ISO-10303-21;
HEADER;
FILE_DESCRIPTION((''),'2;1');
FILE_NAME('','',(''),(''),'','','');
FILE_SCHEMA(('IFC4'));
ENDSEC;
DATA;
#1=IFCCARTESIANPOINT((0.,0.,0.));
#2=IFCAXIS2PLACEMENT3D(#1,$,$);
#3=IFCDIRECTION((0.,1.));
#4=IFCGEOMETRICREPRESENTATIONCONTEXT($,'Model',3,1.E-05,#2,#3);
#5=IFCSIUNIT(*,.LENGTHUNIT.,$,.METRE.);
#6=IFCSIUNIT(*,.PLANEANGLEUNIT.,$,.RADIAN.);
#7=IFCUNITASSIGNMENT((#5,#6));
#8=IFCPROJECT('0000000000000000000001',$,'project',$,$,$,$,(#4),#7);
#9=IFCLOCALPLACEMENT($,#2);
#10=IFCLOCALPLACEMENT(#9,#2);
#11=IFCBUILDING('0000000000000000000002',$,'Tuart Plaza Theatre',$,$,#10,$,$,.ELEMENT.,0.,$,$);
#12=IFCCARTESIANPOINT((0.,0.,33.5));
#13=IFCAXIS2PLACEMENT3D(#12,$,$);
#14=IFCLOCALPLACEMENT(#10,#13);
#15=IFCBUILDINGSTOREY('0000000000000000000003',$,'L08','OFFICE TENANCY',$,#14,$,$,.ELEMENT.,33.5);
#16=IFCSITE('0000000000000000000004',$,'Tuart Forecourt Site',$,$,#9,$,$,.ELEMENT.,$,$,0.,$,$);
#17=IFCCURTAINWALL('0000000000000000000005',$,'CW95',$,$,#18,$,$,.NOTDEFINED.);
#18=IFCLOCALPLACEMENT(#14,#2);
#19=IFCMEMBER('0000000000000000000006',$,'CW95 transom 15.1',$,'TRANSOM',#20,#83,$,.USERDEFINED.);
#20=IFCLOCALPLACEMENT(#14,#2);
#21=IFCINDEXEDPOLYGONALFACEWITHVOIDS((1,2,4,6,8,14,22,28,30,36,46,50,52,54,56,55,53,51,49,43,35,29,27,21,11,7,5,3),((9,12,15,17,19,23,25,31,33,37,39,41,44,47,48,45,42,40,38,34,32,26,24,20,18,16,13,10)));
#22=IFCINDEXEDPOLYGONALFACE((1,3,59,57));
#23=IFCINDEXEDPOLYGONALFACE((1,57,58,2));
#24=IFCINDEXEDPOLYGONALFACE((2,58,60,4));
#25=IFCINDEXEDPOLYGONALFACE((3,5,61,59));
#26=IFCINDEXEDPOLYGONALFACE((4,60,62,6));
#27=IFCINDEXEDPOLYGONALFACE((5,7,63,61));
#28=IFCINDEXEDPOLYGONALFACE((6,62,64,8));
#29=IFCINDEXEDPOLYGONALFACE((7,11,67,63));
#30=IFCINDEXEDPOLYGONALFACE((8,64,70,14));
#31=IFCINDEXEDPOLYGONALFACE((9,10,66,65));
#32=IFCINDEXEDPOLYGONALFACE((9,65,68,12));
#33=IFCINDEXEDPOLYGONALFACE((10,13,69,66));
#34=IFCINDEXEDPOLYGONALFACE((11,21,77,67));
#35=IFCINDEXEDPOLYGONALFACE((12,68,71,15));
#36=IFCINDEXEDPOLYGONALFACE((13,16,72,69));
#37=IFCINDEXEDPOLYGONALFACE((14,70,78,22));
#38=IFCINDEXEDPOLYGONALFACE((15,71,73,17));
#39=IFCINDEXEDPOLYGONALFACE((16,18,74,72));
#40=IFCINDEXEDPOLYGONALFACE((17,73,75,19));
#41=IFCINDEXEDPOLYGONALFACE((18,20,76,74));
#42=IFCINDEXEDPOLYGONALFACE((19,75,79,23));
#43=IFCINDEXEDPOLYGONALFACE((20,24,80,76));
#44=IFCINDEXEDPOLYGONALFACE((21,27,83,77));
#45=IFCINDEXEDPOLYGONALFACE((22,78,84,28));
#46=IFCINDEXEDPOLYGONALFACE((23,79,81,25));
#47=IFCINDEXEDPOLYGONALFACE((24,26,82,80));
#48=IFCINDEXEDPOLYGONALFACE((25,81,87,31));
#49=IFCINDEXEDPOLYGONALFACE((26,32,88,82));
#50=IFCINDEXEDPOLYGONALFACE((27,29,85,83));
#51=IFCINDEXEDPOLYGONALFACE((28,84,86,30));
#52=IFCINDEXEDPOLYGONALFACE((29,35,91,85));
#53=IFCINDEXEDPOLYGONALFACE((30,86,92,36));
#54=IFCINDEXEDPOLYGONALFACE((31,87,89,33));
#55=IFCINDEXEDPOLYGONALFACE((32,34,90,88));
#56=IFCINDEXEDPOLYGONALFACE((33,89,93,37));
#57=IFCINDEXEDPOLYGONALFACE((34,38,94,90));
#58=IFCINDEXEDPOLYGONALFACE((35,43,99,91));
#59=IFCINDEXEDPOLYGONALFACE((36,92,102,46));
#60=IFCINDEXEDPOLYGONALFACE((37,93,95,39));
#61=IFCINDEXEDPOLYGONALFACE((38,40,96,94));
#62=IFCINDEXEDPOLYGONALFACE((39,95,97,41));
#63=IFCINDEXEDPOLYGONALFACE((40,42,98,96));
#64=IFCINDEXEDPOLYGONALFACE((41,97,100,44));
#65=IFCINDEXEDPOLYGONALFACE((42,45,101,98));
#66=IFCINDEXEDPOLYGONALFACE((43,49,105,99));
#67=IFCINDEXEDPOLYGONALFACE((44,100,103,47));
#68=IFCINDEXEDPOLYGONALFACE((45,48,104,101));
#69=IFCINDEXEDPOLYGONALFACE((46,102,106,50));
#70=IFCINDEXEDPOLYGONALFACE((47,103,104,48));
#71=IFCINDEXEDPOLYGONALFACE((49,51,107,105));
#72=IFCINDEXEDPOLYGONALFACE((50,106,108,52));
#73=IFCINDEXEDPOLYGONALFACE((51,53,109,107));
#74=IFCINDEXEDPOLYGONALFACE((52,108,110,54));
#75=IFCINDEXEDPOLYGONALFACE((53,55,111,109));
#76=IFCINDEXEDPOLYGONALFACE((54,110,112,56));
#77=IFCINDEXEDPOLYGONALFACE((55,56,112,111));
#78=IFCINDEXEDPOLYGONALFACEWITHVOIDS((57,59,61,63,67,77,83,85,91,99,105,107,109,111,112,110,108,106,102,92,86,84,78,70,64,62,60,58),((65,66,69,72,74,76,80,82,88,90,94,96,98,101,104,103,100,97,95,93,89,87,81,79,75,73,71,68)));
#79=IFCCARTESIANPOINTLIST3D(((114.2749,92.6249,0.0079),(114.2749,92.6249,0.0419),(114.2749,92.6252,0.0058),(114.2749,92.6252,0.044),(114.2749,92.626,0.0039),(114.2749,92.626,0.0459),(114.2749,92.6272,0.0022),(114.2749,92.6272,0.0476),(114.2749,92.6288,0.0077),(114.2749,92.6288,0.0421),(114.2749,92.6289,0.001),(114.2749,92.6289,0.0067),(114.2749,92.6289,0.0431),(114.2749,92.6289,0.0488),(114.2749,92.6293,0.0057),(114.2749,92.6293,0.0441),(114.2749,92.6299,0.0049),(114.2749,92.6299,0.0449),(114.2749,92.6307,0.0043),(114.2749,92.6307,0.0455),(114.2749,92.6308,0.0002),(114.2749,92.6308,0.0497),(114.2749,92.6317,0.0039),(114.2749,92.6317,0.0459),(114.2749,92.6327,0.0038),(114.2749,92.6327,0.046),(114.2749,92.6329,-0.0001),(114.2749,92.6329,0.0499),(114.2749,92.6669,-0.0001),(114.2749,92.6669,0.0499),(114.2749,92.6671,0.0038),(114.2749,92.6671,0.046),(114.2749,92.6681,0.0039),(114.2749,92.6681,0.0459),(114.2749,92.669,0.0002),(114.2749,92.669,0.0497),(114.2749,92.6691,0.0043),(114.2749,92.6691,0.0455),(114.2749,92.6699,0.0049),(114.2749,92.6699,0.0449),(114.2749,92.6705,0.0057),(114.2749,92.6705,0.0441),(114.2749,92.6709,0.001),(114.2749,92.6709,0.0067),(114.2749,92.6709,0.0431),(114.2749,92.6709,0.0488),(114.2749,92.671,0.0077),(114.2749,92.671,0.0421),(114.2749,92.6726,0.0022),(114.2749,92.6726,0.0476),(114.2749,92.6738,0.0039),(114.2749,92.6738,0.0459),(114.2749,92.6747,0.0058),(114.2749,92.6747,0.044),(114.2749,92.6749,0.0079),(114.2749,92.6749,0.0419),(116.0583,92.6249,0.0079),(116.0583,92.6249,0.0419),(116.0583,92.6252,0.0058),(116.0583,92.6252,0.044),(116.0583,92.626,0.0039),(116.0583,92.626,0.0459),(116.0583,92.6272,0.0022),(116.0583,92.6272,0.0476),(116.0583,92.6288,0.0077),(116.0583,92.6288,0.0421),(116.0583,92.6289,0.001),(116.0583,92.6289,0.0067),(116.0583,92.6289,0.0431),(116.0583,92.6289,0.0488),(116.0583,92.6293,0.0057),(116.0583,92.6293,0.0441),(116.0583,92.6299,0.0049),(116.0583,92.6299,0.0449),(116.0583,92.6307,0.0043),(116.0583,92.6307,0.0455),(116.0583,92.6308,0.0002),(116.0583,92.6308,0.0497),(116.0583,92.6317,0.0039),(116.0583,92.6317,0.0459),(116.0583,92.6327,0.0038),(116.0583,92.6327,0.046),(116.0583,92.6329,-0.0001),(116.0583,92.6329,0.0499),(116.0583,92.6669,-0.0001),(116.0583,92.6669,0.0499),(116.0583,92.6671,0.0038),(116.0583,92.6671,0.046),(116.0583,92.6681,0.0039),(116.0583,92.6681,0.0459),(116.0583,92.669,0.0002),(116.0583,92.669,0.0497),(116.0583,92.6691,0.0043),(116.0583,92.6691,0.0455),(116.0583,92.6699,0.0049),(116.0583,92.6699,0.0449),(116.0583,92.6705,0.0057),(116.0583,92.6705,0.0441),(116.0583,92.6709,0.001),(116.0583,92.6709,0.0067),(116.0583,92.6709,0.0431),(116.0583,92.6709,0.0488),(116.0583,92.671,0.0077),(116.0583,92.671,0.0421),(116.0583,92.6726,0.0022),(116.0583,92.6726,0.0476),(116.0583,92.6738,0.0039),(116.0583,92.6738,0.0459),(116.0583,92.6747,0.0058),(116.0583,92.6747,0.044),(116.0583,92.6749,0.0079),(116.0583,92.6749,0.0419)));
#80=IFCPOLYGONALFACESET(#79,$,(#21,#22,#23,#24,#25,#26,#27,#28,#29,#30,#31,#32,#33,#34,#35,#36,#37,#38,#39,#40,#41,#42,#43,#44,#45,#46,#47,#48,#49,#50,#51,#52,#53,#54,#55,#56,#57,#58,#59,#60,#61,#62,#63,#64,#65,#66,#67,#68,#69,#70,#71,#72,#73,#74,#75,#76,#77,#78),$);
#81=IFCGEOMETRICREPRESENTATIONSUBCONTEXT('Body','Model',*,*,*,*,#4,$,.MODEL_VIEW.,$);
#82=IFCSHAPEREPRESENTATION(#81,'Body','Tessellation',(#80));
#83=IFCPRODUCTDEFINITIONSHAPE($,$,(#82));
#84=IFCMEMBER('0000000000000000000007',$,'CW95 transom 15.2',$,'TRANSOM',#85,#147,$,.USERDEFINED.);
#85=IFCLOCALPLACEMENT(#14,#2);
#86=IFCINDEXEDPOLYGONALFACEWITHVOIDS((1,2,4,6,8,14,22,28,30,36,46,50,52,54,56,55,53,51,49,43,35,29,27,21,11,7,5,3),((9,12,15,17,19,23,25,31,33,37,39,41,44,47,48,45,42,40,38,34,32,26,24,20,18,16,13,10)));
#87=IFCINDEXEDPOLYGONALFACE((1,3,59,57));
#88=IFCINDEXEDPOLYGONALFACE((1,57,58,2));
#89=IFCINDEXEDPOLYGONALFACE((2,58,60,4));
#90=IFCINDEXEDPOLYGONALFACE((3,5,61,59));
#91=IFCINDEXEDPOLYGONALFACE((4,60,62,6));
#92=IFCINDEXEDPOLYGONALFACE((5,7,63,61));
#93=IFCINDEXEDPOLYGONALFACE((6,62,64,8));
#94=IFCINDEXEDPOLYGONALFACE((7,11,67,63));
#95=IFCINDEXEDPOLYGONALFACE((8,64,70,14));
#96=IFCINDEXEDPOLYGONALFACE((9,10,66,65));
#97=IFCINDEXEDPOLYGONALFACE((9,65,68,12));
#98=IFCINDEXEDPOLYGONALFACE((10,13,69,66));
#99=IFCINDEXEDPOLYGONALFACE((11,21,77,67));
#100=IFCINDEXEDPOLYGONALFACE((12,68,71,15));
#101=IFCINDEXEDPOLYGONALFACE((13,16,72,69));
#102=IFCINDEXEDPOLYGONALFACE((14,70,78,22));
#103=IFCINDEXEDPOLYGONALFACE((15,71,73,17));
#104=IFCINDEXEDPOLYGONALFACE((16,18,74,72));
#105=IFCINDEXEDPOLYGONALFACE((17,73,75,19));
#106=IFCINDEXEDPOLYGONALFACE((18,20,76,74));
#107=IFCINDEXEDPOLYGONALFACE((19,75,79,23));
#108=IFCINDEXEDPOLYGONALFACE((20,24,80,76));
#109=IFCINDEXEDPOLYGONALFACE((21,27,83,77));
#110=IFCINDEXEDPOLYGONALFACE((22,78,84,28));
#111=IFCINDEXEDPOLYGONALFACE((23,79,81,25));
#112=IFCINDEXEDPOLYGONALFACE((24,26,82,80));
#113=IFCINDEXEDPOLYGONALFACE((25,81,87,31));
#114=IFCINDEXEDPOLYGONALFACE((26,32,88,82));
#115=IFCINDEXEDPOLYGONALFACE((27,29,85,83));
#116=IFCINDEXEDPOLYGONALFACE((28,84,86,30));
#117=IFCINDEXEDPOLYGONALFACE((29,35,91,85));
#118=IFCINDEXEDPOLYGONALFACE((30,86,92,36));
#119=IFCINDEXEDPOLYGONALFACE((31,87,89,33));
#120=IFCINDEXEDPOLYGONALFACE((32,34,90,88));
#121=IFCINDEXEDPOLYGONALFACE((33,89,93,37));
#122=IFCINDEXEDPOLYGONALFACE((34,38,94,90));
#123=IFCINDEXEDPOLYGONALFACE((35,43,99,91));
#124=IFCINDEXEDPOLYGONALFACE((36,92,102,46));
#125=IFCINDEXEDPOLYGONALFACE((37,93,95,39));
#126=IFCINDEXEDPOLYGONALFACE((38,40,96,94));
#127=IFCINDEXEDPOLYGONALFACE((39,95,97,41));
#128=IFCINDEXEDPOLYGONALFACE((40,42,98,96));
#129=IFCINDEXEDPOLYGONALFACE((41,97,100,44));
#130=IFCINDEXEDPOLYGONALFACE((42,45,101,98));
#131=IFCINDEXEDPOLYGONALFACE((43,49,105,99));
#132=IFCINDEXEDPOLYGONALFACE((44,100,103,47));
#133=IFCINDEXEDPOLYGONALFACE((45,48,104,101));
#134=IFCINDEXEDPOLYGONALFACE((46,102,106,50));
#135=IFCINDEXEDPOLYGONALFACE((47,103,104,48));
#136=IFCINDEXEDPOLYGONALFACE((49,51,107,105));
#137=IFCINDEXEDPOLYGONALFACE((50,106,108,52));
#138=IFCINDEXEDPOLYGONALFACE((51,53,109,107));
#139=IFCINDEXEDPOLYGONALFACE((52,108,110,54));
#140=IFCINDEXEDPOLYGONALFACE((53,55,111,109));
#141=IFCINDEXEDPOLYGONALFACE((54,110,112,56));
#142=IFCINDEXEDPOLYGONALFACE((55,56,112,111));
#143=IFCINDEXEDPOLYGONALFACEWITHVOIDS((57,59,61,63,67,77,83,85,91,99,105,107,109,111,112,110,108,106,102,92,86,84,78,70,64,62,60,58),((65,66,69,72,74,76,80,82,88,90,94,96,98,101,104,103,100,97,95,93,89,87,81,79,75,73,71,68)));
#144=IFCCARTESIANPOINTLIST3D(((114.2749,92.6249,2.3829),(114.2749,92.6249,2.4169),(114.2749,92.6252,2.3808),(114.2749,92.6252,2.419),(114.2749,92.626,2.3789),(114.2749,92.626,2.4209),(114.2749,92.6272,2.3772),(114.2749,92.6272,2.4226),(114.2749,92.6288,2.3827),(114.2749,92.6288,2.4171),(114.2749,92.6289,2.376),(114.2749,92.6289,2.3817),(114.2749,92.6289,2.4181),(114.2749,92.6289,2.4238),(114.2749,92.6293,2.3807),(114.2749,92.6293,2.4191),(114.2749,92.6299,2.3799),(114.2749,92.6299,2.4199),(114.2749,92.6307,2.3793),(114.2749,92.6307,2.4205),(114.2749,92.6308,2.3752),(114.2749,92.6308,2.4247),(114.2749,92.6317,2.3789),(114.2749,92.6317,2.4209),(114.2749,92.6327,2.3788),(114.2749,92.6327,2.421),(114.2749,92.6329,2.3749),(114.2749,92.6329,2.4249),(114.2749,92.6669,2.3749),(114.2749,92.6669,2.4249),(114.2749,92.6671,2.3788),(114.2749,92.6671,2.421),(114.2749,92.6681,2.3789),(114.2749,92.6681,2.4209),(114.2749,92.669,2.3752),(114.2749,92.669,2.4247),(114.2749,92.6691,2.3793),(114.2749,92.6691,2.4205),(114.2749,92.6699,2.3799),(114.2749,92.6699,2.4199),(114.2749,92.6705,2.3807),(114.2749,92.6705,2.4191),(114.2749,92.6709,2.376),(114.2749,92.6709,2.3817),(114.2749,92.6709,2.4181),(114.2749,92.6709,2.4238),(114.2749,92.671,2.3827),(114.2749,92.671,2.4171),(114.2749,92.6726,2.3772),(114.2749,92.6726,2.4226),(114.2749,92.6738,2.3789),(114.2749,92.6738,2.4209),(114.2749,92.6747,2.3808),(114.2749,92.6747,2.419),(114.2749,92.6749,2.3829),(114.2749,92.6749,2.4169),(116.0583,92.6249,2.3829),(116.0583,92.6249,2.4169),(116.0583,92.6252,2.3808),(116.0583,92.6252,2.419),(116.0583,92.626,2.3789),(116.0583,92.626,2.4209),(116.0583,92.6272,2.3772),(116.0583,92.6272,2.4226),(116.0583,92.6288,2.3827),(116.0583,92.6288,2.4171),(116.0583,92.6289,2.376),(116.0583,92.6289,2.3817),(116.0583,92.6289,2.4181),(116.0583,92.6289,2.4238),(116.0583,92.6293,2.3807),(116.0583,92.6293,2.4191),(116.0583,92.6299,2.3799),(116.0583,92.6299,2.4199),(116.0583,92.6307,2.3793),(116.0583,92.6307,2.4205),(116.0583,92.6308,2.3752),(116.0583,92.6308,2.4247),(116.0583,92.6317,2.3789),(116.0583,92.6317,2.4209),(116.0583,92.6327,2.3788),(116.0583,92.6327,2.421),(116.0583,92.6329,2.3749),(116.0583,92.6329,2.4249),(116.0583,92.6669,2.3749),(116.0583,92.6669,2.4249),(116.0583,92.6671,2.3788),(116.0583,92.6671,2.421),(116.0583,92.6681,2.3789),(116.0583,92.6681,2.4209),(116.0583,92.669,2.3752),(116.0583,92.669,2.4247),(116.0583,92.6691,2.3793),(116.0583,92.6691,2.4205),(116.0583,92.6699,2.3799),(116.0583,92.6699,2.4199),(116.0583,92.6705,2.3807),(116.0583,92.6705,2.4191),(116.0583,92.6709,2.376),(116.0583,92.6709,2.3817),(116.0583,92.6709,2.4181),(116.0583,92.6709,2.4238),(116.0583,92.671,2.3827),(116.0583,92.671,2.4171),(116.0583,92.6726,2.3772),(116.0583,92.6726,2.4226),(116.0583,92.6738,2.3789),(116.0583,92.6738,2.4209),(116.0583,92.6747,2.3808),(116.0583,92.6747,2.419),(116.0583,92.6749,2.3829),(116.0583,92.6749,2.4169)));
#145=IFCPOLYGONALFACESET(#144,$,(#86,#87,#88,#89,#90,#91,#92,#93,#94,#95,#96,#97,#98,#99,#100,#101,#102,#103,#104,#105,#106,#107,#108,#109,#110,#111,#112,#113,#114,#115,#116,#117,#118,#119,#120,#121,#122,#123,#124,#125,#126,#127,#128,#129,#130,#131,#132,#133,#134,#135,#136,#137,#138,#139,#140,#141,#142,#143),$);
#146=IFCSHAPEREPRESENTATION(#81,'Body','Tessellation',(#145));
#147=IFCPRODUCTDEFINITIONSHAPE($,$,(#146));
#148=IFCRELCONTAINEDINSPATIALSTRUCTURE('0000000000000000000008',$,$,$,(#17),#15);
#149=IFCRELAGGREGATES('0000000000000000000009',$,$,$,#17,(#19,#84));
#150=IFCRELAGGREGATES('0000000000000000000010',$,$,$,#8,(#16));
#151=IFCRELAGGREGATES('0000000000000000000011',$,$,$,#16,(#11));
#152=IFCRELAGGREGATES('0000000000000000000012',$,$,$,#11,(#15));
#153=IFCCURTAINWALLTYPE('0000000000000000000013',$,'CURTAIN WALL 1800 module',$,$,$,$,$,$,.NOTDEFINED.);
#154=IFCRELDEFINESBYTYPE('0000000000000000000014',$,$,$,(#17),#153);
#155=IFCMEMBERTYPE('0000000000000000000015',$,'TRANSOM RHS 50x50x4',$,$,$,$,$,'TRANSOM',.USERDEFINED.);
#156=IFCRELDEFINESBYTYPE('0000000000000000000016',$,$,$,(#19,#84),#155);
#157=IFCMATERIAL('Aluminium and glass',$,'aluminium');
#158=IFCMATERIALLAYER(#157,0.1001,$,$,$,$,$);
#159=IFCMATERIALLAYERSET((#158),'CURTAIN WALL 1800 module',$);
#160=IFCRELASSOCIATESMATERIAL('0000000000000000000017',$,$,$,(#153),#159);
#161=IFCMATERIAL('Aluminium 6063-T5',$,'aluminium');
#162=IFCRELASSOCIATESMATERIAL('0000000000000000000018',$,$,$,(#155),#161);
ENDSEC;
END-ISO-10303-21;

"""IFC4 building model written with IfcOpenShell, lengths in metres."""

from ifc_helpers import new_model, si_unit, direction, frame, origin, origin_2d, place, context, subcontext, project, spatial, hollow_rectangle, extrude, material, layer, layer_set, material_profile, profile_set, type_object, element, aggregate, save


model = new_model("IFC4")

# Units and contexts
model_context = context("Model", 3, precision=1e-05, world=origin(), true_north=direction((0.0, 1.0)))
body_context = subcontext(model_context, "Body", "Model", "MODEL_VIEW")
ifc_project = project(units=[si_unit("LENGTHUNIT", "METRE"), si_unit("PLANEANGLEUNIT", "RADIAN")], contexts=[model_context])

# Site, building, storey
site_placement = place(None, origin())
site = spatial("IfcSite", under=ifc_project, at=site_placement, Name="Tuart Forecourt Site", CompositionType="ELEMENT", RefElevation=0.0)
building_placement = place(site_placement, origin())
building = spatial("IfcBuilding", under=site, at=building_placement, Name="Tuart Plaza Theatre", CompositionType="ELEMENT", ElevationOfRefHeight=0.0)
storey_placement = place(building_placement, frame((0.0, 0.0, 33.5)))
storey = spatial("IfcBuildingStorey", under=building, at=storey_placement, Name="L08", Description="OFFICE TENANCY", CompositionType="ELEMENT", Elevation=33.5)

# Curtain wall, members
ifc_material_1 = material(Name="Aluminium and glass", Category="aluminium")
ifc_layer_1 = layer(ifc_material_1, 0.1001)
ifc_layer_set_1 = layer_set([ifc_layer_1], Name="CURTAIN WALL 1800 module")
curtain_wall_type = type_object("IfcCurtainWallType", Name="CURTAIN WALL 1800 module", PredefinedType="NOTDEFINED", material=ifc_layer_set_1)
curtain_wall_placement = place(storey_placement, origin())
curtain_wall = element("IfcCurtainWall", 1, at=curtain_wall_placement, inside=storey, type_object=curtain_wall_type, Name="CW95", PredefinedType="NOTDEFINED")
ifc_material_2 = material(Name="Aluminium 6063-T5", Category="aluminium")
ifc_material_profile_1 = material_profile(ifc_material_2, hollow_rectangle(XDim=0.05, YDim=0.05, WallThickness=0.0039, InnerFilletRadius=0.0039, OuterFilletRadius=0.0081, at=origin_2d()), Name="RHS 50x50x4")
ifc_profile_set_1 = profile_set([ifc_material_profile_1], Name="Aluminium 6063-T5")
member_type_1 = type_object("IfcMemberType", Name="TRANSOM RHS 50x50x4", ElementType="TRANSOM", PredefinedType="USERDEFINED", material=ifc_profile_set_1)
member_1_placement = place(storey_placement, frame((116.0583, 92.6499, 0.0249), z_axis=(-1.0, 0.0, 0.0), x_axis=(0.0, -1.0, 0.0)))
member_1 = element("IfcMember", 2, at=member_1_placement, type_object=member_type_1, Name="CW95 transom 15.1", ObjectType="TRANSOM", PredefinedType="USERDEFINED", context=body_context, shape_type="SweptSolid", body=[
    extrude(hollow_rectangle(XDim=0.05, YDim=0.05, WallThickness=0.0039, InnerFilletRadius=0.0039, OuterFilletRadius=0.0081, at=origin_2d()), origin(), (0.0, 0.0, 1.0), 1.7834),
])
member_2_placement = place(storey_placement, frame((116.0583, 92.6499, 2.3999), z_axis=(-1.0, 0.0, 0.0), x_axis=(0.0, -1.0, 0.0)))
member_2 = element("IfcMember", 3, at=member_2_placement, type_object=member_type_1, Name="CW95 transom 15.2", ObjectType="TRANSOM", PredefinedType="USERDEFINED", context=body_context, shape_type="SweptSolid", body=[
    extrude(hollow_rectangle(XDim=0.05, YDim=0.05, WallThickness=0.0039, InnerFilletRadius=0.0039, OuterFilletRadius=0.0081, at=origin_2d()), origin(), (0.0, 0.0, 1.0), 1.7834),
])
aggregate(curtain_wall, [member_1, member_2])

save(model, "model.ifc")
